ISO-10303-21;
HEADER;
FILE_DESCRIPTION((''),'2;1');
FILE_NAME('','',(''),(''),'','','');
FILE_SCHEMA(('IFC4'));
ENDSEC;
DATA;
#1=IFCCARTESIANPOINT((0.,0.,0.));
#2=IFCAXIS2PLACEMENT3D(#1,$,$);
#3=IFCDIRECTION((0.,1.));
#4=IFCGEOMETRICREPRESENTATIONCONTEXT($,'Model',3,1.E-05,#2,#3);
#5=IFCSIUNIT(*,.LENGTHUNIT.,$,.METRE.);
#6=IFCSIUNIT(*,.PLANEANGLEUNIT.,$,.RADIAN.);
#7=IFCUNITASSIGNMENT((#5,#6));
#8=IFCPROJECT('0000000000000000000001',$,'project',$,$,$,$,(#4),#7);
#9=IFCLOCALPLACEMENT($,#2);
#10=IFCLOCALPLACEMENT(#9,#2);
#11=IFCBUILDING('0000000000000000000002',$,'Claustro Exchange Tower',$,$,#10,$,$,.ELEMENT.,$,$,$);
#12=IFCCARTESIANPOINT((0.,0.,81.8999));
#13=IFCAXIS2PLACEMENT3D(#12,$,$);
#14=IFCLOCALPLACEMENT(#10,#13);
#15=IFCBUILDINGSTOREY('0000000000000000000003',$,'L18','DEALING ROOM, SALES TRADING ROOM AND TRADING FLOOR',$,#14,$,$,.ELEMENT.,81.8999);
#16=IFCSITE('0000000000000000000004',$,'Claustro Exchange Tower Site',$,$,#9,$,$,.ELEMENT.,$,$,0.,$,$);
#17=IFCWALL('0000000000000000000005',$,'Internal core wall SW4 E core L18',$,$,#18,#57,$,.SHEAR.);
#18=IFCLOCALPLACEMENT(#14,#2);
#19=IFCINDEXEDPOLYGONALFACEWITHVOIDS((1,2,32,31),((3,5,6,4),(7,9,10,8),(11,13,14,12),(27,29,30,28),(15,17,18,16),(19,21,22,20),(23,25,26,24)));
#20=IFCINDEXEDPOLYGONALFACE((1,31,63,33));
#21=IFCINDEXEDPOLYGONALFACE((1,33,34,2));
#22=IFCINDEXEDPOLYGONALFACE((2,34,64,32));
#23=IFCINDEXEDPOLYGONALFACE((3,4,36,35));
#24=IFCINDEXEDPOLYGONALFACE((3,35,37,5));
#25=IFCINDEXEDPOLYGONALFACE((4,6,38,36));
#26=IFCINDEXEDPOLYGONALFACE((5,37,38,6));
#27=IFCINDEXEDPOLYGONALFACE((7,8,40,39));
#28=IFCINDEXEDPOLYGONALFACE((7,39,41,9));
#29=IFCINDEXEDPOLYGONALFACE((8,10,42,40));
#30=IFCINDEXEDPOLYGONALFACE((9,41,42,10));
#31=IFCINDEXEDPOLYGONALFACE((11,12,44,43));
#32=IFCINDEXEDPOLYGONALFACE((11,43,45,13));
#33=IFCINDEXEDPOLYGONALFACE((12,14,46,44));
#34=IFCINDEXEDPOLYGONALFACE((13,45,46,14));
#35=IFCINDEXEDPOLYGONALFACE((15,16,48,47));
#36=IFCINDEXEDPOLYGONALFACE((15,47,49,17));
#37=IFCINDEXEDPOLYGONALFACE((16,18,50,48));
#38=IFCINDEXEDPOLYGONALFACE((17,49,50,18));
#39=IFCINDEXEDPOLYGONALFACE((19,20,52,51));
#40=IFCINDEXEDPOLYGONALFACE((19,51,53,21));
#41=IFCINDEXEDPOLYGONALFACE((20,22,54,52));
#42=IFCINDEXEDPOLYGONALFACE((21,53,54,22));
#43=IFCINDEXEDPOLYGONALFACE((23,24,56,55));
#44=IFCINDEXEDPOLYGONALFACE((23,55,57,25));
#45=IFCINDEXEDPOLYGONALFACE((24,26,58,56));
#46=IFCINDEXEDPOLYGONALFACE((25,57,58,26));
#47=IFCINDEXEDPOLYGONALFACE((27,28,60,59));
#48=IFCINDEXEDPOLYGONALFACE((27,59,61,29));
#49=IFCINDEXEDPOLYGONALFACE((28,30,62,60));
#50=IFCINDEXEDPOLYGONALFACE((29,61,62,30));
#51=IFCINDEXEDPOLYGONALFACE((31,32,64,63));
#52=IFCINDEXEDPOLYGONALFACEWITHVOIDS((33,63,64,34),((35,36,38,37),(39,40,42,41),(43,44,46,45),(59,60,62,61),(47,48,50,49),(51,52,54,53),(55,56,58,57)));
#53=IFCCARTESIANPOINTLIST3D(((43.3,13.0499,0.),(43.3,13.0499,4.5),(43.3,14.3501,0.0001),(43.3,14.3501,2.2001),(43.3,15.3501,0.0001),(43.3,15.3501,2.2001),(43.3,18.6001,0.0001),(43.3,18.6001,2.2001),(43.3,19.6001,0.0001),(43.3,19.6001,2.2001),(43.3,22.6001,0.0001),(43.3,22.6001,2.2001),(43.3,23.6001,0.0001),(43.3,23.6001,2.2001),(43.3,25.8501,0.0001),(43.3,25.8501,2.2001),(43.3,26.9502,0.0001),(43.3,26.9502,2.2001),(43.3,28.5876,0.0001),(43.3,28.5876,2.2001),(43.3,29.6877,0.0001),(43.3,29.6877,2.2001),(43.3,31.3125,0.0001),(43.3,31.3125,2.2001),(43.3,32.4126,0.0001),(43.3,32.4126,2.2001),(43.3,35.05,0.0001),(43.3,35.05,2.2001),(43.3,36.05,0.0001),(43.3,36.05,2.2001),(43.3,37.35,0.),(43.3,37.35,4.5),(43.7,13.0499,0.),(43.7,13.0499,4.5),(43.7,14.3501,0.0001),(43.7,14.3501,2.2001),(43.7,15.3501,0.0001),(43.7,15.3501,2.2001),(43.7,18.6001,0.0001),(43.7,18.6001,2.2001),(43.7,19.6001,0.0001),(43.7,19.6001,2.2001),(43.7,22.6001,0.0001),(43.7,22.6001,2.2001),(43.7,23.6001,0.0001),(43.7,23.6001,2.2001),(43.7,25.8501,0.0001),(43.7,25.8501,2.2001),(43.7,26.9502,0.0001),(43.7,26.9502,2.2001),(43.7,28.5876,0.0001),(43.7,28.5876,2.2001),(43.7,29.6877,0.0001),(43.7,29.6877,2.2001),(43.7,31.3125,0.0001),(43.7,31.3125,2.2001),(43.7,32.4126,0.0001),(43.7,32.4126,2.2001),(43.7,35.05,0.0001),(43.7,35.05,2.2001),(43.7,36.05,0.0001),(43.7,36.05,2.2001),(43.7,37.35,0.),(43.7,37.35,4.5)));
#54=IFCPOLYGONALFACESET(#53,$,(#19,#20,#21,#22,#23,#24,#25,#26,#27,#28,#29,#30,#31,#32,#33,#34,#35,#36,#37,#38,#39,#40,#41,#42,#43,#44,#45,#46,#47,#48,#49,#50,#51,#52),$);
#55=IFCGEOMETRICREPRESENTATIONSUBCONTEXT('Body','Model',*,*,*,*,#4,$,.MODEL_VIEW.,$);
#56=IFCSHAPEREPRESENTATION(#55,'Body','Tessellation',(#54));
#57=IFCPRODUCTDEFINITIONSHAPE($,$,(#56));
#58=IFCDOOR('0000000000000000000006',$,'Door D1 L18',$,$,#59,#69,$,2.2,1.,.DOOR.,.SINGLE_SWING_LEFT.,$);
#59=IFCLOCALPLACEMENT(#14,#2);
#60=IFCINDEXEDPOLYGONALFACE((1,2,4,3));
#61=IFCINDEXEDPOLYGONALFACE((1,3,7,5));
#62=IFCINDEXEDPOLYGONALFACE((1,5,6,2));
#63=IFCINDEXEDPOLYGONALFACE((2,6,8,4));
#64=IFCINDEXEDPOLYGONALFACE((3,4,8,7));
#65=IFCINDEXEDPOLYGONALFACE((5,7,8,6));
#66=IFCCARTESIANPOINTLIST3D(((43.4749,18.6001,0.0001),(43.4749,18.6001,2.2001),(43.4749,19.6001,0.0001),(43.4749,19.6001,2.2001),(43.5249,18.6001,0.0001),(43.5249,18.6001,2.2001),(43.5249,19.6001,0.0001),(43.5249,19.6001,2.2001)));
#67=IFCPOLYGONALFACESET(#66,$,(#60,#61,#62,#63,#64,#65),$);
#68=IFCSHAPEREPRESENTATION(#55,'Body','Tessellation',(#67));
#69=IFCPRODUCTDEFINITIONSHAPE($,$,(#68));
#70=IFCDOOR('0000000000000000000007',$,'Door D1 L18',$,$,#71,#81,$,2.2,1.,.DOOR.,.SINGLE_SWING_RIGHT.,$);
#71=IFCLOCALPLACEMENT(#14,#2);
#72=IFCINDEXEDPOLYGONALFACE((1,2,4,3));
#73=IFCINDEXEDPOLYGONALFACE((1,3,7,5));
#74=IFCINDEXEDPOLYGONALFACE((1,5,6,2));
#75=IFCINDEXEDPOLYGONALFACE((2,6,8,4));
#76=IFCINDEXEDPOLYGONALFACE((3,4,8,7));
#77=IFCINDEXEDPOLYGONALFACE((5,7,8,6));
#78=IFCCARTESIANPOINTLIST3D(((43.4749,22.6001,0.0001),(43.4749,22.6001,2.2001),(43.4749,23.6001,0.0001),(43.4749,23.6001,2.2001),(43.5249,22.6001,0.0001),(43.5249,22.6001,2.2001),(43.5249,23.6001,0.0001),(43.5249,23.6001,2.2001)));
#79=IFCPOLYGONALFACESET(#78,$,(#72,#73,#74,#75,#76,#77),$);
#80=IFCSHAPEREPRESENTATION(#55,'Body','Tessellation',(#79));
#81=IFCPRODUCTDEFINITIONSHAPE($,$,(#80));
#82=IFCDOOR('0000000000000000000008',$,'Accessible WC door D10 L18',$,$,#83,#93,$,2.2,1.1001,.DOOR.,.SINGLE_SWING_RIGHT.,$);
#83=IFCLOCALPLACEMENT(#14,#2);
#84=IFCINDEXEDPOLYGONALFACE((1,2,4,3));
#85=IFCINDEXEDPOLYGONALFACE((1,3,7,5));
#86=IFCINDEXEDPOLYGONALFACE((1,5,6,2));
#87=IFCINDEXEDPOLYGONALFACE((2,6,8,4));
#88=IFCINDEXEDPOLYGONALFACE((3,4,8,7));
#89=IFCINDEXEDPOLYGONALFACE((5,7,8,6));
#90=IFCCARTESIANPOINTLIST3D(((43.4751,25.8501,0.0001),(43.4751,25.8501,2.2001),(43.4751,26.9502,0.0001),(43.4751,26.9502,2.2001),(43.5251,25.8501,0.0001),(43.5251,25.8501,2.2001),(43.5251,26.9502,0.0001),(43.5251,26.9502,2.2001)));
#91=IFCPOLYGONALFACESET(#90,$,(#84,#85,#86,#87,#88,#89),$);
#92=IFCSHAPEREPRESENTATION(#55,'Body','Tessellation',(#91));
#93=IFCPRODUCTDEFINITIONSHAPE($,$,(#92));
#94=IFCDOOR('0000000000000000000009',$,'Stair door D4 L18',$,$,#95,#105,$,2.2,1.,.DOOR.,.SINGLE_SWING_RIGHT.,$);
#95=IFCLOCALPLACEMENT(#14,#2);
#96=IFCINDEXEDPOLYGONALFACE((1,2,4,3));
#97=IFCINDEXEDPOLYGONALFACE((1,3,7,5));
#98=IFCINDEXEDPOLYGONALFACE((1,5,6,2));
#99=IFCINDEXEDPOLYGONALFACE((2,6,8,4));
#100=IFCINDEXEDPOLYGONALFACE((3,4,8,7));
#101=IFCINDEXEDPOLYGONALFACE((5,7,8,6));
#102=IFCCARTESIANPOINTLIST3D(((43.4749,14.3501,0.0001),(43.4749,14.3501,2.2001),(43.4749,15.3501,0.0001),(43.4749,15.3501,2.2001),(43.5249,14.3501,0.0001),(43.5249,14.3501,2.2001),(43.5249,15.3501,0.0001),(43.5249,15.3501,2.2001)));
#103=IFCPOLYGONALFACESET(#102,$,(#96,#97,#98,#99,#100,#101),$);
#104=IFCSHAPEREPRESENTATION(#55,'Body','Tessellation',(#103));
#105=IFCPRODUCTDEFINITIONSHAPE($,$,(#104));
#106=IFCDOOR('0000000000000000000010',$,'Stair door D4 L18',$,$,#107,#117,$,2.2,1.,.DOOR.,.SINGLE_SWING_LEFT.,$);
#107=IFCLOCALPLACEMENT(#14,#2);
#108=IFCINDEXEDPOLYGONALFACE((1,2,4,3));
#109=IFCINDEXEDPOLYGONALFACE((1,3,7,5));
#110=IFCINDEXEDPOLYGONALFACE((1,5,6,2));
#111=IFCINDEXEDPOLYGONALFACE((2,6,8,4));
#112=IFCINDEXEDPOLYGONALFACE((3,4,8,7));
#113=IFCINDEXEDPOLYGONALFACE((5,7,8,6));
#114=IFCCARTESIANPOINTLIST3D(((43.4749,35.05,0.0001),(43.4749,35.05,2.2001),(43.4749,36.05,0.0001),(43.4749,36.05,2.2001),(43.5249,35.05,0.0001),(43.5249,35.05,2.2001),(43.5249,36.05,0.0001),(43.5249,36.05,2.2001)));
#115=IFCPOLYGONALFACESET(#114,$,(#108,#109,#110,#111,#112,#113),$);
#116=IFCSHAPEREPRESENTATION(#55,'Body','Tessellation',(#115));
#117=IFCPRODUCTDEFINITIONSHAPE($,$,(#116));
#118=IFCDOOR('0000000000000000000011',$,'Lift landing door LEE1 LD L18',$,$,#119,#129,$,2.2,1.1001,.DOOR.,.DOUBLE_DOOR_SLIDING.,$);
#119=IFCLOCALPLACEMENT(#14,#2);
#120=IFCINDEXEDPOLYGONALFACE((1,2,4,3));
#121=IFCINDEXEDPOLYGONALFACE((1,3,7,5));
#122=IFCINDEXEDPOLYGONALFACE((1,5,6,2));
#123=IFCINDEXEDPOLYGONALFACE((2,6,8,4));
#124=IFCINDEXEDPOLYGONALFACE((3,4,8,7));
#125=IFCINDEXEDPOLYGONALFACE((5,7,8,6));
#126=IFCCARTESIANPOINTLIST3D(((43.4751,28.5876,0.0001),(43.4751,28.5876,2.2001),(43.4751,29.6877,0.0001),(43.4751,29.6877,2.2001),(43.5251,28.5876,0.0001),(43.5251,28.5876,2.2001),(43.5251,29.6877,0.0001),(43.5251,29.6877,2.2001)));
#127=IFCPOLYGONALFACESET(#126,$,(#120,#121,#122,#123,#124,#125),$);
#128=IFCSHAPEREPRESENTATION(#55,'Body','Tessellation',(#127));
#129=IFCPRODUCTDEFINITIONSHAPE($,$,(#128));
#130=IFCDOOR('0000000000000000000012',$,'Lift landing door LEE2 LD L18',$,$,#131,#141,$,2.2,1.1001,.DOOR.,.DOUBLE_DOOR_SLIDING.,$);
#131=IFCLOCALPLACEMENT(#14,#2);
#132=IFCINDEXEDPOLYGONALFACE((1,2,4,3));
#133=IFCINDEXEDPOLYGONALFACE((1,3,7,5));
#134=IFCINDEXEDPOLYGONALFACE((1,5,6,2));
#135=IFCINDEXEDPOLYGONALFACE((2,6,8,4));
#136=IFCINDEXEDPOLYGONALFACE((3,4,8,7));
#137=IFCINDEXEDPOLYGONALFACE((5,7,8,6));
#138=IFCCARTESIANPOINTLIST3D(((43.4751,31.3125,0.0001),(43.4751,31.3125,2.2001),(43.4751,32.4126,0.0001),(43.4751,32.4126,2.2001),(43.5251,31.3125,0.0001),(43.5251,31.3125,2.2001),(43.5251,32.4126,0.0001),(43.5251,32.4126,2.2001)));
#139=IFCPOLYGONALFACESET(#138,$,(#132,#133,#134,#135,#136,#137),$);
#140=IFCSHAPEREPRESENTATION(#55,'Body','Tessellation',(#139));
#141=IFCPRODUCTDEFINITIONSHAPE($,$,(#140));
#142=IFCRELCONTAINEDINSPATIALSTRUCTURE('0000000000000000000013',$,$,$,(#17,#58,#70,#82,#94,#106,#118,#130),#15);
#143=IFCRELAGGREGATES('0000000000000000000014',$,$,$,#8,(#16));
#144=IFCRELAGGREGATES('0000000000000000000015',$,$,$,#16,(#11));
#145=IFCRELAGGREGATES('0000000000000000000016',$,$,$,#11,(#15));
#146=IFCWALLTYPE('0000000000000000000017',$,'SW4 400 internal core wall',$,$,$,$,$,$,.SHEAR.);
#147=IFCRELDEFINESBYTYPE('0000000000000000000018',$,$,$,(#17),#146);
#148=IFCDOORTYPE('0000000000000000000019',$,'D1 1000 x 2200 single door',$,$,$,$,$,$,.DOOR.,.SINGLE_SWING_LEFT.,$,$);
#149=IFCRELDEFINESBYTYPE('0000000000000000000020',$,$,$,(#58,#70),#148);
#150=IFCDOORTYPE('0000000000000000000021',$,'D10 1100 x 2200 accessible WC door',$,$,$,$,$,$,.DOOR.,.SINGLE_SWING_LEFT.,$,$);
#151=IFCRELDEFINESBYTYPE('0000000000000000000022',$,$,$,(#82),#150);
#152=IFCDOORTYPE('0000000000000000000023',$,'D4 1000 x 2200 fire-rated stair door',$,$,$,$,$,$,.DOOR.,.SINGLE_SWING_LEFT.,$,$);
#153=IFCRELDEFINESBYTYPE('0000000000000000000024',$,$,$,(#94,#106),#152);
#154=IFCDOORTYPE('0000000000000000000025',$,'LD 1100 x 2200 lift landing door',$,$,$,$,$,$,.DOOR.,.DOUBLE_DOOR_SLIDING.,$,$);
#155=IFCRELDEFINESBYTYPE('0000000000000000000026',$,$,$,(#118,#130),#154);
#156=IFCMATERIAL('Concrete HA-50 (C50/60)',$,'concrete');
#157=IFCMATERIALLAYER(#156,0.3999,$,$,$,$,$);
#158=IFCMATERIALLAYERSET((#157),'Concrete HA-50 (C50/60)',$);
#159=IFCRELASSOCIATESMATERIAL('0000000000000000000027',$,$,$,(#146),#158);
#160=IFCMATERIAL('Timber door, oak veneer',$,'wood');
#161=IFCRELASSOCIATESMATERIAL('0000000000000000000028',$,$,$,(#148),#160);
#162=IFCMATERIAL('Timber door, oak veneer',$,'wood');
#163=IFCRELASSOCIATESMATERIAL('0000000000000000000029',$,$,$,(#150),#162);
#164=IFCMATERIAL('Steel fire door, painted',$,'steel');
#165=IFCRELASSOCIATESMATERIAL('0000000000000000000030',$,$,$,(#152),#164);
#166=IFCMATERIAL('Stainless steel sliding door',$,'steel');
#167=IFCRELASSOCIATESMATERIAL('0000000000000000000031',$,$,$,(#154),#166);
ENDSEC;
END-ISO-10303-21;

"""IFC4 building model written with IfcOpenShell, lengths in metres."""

from ifc_helpers import new_model, si_unit, direction, frame, frame_2d, origin, place, context, subcontext, project, spatial, rectangle, extrude, material, layer, layer_set, type_object, element, fill, save


model = new_model("IFC4")

# Units and contexts
model_context = context("Model", 3, precision=1e-05, world=origin(), true_north=direction((0.0, 1.0)))
body_context = subcontext(model_context, "Body", "Model", "MODEL_VIEW")
ifc_project = project(units=[si_unit("LENGTHUNIT", "METRE"), si_unit("PLANEANGLEUNIT", "RADIAN")], contexts=[model_context])

# Site, building, storey
site_placement = place(None, origin())
site = spatial("IfcSite", under=ifc_project, at=site_placement, Name="Claustro Exchange Tower Site", CompositionType="ELEMENT", RefElevation=0.0)
building_placement = place(site_placement, origin())
building = spatial("IfcBuilding", under=site, at=building_placement, Name="Claustro Exchange Tower", CompositionType="ELEMENT")
storey_placement = place(building_placement, frame((0.0, 0.0, 81.8999)))
storey = spatial("IfcBuildingStorey", under=building, at=storey_placement, Name="L18", Description="DEALING ROOM, SALES TRADING ROOM AND TRADING FLOOR", CompositionType="ELEMENT", Elevation=81.8999)

# Wall, openings, doors
ifc_material_1 = material(Name="Concrete HA-50 (C50/60)", Category="concrete")
ifc_layer_1 = layer(ifc_material_1, 0.3999)
ifc_layer_set_1 = layer_set([ifc_layer_1], Name="Concrete HA-50 (C50/60)")
wall_type_1 = type_object("IfcWallType", Name="SW4 400 internal core wall", PredefinedType="SHEAR", material=ifc_layer_set_1)
wall_1_placement = place(storey_placement, frame((43.5, 13.05, 0.0), z_axis=(0.0, 0.0, 1.0), x_axis=(0.0, 1.0, 0.0)))
wall_1 = element("IfcWall", 1, at=wall_1_placement, inside=storey, type_object=wall_type_1, Name="Internal core wall SW4 E core L18", PredefinedType="SHEAR", context=body_context, shape_type="SweptSolid", body=[
    extrude(rectangle(XDim=24.3, YDim=0.3999, at=frame_2d((12.1499, 0.0))), origin(), (0.0, 0.0, 1.0), 4.5),
])
opening_1_placement = place(wall_1_placement, frame((1.3, 0.0, 0.0)))
opening_1 = element("IfcOpeningElement", 2, at=opening_1_placement, cuts=wall_1, PredefinedType="OPENING", context=body_context, shape_type="SweptSolid", body=[
    extrude(rectangle(XDim=1.0, YDim=2.2, at=frame_2d((0.5, 1.1001))), frame((0.0, 0.21, 0.0), z_axis=(0.0, -1.0, 0.0), x_axis=(1.0, 0.0, 0.0)), (0.0, 0.0, 1.0), 0.4199),
])
opening_2_placement = place(wall_1_placement, frame((22.0, 0.0, 0.0)))
opening_2 = element("IfcOpeningElement", 3, at=opening_2_placement, cuts=wall_1, PredefinedType="OPENING", context=body_context, shape_type="SweptSolid", body=[
    extrude(rectangle(XDim=1.0, YDim=2.2, at=frame_2d((0.5, 1.1001))), frame((0.0, 0.21, 0.0), z_axis=(0.0, -1.0, 0.0), x_axis=(1.0, 0.0, 0.0)), (0.0, 0.0, 1.0), 0.4199),
])
opening_3_placement = place(wall_1_placement, frame((5.55, 0.0, 0.0)))
opening_3 = element("IfcOpeningElement", 4, at=opening_3_placement, cuts=wall_1, PredefinedType="OPENING", context=body_context, shape_type="SweptSolid", body=[
    extrude(rectangle(XDim=1.0, YDim=2.2, at=frame_2d((0.5, 1.1001))), frame((0.0, 0.21, 0.0), z_axis=(0.0, -1.0, 0.0), x_axis=(1.0, 0.0, 0.0)), (0.0, 0.0, 1.0), 0.4199),
])
opening_4_placement = place(wall_1_placement, frame((9.55, 0.0, 0.0)))
opening_4 = element("IfcOpeningElement", 5, at=opening_4_placement, cuts=wall_1, PredefinedType="OPENING", context=body_context, shape_type="SweptSolid", body=[
    extrude(rectangle(XDim=1.0, YDim=2.2, at=frame_2d((0.5, 1.1001))), frame((0.0, 0.21, 0.0), z_axis=(0.0, -1.0, 0.0), x_axis=(1.0, 0.0, 0.0)), (0.0, 0.0, 1.0), 0.4199),
])
opening_5_placement = place(wall_1_placement, frame((12.8, 0.0, 0.0)))
opening_5 = element("IfcOpeningElement", 6, at=opening_5_placement, cuts=wall_1, PredefinedType="OPENING", context=body_context, shape_type="SweptSolid", body=[
    extrude(rectangle(XDim=1.1001, YDim=2.2, at=frame_2d((0.55, 1.1001))), frame((0.0, 0.21, 0.0), z_axis=(0.0, -1.0, 0.0), x_axis=(1.0, 0.0, 0.0)), (0.0, 0.0, 1.0), 0.4199),
])
opening_6_placement = place(wall_1_placement, frame((15.5376, 0.0, 0.0)))
opening_6 = element("IfcOpeningElement", 7, at=opening_6_placement, cuts=wall_1, PredefinedType="OPENING", context=body_context, shape_type="SweptSolid", body=[
    extrude(rectangle(XDim=1.1001, YDim=2.2, at=frame_2d((0.55, 1.1001))), frame((0.0, 0.21, 0.0), z_axis=(0.0, -1.0, 0.0), x_axis=(1.0, 0.0, 0.0)), (0.0, 0.0, 1.0), 0.4199),
])
opening_7_placement = place(wall_1_placement, frame((18.2625, 0.0, 0.0)))
opening_7 = element("IfcOpeningElement", 8, at=opening_7_placement, cuts=wall_1, PredefinedType="OPENING", context=body_context, shape_type="SweptSolid", body=[
    extrude(rectangle(XDim=1.1001, YDim=2.2, at=frame_2d((0.55, 1.1001))), frame((0.0, 0.21, 0.0), z_axis=(0.0, -1.0, 0.0), x_axis=(1.0, 0.0, 0.0)), (0.0, 0.0, 1.0), 0.4199),
])
ifc_material_2 = material(Name="Timber door, oak veneer", Category="wood")
door_type_1 = type_object("IfcDoorType", Name="D1 1000 x 2200 single door", OperationType="SINGLE_SWING_LEFT", PredefinedType="DOOR", material=ifc_material_2)
door_1_placement = place(opening_3_placement, frame((1.0, 0.0, 0.0), z_axis=(0.0, 0.0, 1.0), x_axis=(-1.0, 0.0, 0.0)))
door_1 = element("IfcDoor", 9, at=door_1_placement, inside=storey, type_object=door_type_1, Name="Door D1 L18", OperationType="SINGLE_SWING_LEFT", OverallHeight=2.2, OverallWidth=1.0, PredefinedType="DOOR", context=body_context, shape_type="SweptSolid", body=[
    extrude(rectangle(XDim=1.0, YDim=2.2, at=frame_2d((0.5, 1.1001))), frame((0.0, 0.0249, 0.0), z_axis=(0.0, -1.0, 0.0), x_axis=(1.0, 0.0, 0.0)), (0.0, 0.0, 1.0), 0.05),
])
fill(opening_3, door_1)
door_2_placement = place(opening_4_placement, frame((1.0, 0.0, 0.0), z_axis=(0.0, 0.0, 1.0), x_axis=(-1.0, 0.0, 0.0)))
door_2 = element("IfcDoor", 10, at=door_2_placement, inside=storey, type_object=door_type_1, Name="Door D1 L18", OperationType="SINGLE_SWING_RIGHT", OverallHeight=2.2, OverallWidth=1.0, PredefinedType="DOOR", context=body_context, shape_type="SweptSolid", body=[
    extrude(rectangle(XDim=1.0, YDim=2.2, at=frame_2d((0.5, 1.1001))), frame((0.0, 0.0249, 0.0), z_axis=(0.0, -1.0, 0.0), x_axis=(1.0, 0.0, 0.0)), (0.0, 0.0, 1.0), 0.05),
])
fill(opening_4, door_2)
ifc_material_3 = material(Name="Timber door, oak veneer", Category="wood")
door_type_2 = type_object("IfcDoorType", Name="D10 1100 x 2200 accessible WC door", OperationType="SINGLE_SWING_LEFT", PredefinedType="DOOR", material=ifc_material_3)
door_3_placement = place(opening_5_placement, origin())
door_3 = element("IfcDoor", 11, at=door_3_placement, inside=storey, type_object=door_type_2, Name="Accessible WC door D10 L18", OperationType="SINGLE_SWING_RIGHT", OverallHeight=2.2, OverallWidth=1.1001, PredefinedType="DOOR", context=body_context, shape_type="SweptSolid", body=[
    extrude(rectangle(XDim=1.1001, YDim=2.2, at=frame_2d((0.55, 1.1001))), frame((0.0, 0.0249, 0.0), z_axis=(0.0, -1.0, 0.0), x_axis=(1.0, 0.0, 0.0)), (0.0, 0.0, 1.0), 0.05),
])
fill(opening_5, door_3)
ifc_material_4 = material(Name="Steel fire door, painted", Category="steel")
door_type_3 = type_object("IfcDoorType", Name="D4 1000 x 2200 fire-rated stair door", OperationType="SINGLE_SWING_LEFT", PredefinedType="DOOR", material=ifc_material_4)
door_4_placement = place(opening_1_placement, frame((1.0, 0.0, 0.0), z_axis=(0.0, 0.0, 1.0), x_axis=(-1.0, 0.0, 0.0)))
door_4 = element("IfcDoor", 12, at=door_4_placement, inside=storey, type_object=door_type_3, Name="Stair door D4 L18", OperationType="SINGLE_SWING_RIGHT", OverallHeight=2.2, OverallWidth=1.0, PredefinedType="DOOR", context=body_context, shape_type="SweptSolid", body=[
    extrude(rectangle(XDim=1.0, YDim=2.2, at=frame_2d((0.5, 1.1001))), frame((0.0, 0.0249, 0.0), z_axis=(0.0, -1.0, 0.0), x_axis=(1.0, 0.0, 0.0)), (0.0, 0.0, 1.0), 0.05),
])
fill(opening_1, door_4)
door_5_placement = place(opening_2_placement, frame((1.0, 0.0, 0.0), z_axis=(0.0, 0.0, 1.0), x_axis=(-1.0, 0.0, 0.0)))
door_5 = element("IfcDoor", 13, at=door_5_placement, inside=storey, type_object=door_type_3, Name="Stair door D4 L18", OperationType="SINGLE_SWING_LEFT", OverallHeight=2.2, OverallWidth=1.0, PredefinedType="DOOR", context=body_context, shape_type="SweptSolid", body=[
    extrude(rectangle(XDim=1.0, YDim=2.2, at=frame_2d((0.5, 1.1001))), frame((0.0, 0.0249, 0.0), z_axis=(0.0, -1.0, 0.0), x_axis=(1.0, 0.0, 0.0)), (0.0, 0.0, 1.0), 0.05),
])
fill(opening_2, door_5)
ifc_material_5 = material(Name="Stainless steel sliding door", Category="steel")
door_type_4 = type_object("IfcDoorType", Name="LD 1100 x 2200 lift landing door", OperationType="DOUBLE_DOOR_SLIDING", PredefinedType="DOOR", material=ifc_material_5)
door_6_placement = place(opening_6_placement, origin())
door_6 = element("IfcDoor", 14, at=door_6_placement, inside=storey, type_object=door_type_4, Name="Lift landing door LEE1 LD L18", OperationType="DOUBLE_DOOR_SLIDING", OverallHeight=2.2, OverallWidth=1.1001, PredefinedType="DOOR", context=body_context, shape_type="SweptSolid", body=[
    extrude(rectangle(XDim=1.1001, YDim=2.2, at=frame_2d((0.55, 1.1001))), frame((0.0, 0.0249, 0.0), z_axis=(0.0, -1.0, 0.0), x_axis=(1.0, 0.0, 0.0)), (0.0, 0.0, 1.0), 0.05),
])
fill(opening_6, door_6)
door_7_placement = place(opening_7_placement, origin())
door_7 = element("IfcDoor", 15, at=door_7_placement, inside=storey, type_object=door_type_4, Name="Lift landing door LEE2 LD L18", OperationType="DOUBLE_DOOR_SLIDING", OverallHeight=2.2, OverallWidth=1.1001, PredefinedType="DOOR", context=body_context, shape_type="SweptSolid", body=[
    extrude(rectangle(XDim=1.1001, YDim=2.2, at=frame_2d((0.55, 1.1001))), frame((0.0, 0.0249, 0.0), z_axis=(0.0, -1.0, 0.0), x_axis=(1.0, 0.0, 0.0)), (0.0, 0.0, 1.0), 0.05),
])
fill(opening_7, door_7)

save(model, "model.ifc")
